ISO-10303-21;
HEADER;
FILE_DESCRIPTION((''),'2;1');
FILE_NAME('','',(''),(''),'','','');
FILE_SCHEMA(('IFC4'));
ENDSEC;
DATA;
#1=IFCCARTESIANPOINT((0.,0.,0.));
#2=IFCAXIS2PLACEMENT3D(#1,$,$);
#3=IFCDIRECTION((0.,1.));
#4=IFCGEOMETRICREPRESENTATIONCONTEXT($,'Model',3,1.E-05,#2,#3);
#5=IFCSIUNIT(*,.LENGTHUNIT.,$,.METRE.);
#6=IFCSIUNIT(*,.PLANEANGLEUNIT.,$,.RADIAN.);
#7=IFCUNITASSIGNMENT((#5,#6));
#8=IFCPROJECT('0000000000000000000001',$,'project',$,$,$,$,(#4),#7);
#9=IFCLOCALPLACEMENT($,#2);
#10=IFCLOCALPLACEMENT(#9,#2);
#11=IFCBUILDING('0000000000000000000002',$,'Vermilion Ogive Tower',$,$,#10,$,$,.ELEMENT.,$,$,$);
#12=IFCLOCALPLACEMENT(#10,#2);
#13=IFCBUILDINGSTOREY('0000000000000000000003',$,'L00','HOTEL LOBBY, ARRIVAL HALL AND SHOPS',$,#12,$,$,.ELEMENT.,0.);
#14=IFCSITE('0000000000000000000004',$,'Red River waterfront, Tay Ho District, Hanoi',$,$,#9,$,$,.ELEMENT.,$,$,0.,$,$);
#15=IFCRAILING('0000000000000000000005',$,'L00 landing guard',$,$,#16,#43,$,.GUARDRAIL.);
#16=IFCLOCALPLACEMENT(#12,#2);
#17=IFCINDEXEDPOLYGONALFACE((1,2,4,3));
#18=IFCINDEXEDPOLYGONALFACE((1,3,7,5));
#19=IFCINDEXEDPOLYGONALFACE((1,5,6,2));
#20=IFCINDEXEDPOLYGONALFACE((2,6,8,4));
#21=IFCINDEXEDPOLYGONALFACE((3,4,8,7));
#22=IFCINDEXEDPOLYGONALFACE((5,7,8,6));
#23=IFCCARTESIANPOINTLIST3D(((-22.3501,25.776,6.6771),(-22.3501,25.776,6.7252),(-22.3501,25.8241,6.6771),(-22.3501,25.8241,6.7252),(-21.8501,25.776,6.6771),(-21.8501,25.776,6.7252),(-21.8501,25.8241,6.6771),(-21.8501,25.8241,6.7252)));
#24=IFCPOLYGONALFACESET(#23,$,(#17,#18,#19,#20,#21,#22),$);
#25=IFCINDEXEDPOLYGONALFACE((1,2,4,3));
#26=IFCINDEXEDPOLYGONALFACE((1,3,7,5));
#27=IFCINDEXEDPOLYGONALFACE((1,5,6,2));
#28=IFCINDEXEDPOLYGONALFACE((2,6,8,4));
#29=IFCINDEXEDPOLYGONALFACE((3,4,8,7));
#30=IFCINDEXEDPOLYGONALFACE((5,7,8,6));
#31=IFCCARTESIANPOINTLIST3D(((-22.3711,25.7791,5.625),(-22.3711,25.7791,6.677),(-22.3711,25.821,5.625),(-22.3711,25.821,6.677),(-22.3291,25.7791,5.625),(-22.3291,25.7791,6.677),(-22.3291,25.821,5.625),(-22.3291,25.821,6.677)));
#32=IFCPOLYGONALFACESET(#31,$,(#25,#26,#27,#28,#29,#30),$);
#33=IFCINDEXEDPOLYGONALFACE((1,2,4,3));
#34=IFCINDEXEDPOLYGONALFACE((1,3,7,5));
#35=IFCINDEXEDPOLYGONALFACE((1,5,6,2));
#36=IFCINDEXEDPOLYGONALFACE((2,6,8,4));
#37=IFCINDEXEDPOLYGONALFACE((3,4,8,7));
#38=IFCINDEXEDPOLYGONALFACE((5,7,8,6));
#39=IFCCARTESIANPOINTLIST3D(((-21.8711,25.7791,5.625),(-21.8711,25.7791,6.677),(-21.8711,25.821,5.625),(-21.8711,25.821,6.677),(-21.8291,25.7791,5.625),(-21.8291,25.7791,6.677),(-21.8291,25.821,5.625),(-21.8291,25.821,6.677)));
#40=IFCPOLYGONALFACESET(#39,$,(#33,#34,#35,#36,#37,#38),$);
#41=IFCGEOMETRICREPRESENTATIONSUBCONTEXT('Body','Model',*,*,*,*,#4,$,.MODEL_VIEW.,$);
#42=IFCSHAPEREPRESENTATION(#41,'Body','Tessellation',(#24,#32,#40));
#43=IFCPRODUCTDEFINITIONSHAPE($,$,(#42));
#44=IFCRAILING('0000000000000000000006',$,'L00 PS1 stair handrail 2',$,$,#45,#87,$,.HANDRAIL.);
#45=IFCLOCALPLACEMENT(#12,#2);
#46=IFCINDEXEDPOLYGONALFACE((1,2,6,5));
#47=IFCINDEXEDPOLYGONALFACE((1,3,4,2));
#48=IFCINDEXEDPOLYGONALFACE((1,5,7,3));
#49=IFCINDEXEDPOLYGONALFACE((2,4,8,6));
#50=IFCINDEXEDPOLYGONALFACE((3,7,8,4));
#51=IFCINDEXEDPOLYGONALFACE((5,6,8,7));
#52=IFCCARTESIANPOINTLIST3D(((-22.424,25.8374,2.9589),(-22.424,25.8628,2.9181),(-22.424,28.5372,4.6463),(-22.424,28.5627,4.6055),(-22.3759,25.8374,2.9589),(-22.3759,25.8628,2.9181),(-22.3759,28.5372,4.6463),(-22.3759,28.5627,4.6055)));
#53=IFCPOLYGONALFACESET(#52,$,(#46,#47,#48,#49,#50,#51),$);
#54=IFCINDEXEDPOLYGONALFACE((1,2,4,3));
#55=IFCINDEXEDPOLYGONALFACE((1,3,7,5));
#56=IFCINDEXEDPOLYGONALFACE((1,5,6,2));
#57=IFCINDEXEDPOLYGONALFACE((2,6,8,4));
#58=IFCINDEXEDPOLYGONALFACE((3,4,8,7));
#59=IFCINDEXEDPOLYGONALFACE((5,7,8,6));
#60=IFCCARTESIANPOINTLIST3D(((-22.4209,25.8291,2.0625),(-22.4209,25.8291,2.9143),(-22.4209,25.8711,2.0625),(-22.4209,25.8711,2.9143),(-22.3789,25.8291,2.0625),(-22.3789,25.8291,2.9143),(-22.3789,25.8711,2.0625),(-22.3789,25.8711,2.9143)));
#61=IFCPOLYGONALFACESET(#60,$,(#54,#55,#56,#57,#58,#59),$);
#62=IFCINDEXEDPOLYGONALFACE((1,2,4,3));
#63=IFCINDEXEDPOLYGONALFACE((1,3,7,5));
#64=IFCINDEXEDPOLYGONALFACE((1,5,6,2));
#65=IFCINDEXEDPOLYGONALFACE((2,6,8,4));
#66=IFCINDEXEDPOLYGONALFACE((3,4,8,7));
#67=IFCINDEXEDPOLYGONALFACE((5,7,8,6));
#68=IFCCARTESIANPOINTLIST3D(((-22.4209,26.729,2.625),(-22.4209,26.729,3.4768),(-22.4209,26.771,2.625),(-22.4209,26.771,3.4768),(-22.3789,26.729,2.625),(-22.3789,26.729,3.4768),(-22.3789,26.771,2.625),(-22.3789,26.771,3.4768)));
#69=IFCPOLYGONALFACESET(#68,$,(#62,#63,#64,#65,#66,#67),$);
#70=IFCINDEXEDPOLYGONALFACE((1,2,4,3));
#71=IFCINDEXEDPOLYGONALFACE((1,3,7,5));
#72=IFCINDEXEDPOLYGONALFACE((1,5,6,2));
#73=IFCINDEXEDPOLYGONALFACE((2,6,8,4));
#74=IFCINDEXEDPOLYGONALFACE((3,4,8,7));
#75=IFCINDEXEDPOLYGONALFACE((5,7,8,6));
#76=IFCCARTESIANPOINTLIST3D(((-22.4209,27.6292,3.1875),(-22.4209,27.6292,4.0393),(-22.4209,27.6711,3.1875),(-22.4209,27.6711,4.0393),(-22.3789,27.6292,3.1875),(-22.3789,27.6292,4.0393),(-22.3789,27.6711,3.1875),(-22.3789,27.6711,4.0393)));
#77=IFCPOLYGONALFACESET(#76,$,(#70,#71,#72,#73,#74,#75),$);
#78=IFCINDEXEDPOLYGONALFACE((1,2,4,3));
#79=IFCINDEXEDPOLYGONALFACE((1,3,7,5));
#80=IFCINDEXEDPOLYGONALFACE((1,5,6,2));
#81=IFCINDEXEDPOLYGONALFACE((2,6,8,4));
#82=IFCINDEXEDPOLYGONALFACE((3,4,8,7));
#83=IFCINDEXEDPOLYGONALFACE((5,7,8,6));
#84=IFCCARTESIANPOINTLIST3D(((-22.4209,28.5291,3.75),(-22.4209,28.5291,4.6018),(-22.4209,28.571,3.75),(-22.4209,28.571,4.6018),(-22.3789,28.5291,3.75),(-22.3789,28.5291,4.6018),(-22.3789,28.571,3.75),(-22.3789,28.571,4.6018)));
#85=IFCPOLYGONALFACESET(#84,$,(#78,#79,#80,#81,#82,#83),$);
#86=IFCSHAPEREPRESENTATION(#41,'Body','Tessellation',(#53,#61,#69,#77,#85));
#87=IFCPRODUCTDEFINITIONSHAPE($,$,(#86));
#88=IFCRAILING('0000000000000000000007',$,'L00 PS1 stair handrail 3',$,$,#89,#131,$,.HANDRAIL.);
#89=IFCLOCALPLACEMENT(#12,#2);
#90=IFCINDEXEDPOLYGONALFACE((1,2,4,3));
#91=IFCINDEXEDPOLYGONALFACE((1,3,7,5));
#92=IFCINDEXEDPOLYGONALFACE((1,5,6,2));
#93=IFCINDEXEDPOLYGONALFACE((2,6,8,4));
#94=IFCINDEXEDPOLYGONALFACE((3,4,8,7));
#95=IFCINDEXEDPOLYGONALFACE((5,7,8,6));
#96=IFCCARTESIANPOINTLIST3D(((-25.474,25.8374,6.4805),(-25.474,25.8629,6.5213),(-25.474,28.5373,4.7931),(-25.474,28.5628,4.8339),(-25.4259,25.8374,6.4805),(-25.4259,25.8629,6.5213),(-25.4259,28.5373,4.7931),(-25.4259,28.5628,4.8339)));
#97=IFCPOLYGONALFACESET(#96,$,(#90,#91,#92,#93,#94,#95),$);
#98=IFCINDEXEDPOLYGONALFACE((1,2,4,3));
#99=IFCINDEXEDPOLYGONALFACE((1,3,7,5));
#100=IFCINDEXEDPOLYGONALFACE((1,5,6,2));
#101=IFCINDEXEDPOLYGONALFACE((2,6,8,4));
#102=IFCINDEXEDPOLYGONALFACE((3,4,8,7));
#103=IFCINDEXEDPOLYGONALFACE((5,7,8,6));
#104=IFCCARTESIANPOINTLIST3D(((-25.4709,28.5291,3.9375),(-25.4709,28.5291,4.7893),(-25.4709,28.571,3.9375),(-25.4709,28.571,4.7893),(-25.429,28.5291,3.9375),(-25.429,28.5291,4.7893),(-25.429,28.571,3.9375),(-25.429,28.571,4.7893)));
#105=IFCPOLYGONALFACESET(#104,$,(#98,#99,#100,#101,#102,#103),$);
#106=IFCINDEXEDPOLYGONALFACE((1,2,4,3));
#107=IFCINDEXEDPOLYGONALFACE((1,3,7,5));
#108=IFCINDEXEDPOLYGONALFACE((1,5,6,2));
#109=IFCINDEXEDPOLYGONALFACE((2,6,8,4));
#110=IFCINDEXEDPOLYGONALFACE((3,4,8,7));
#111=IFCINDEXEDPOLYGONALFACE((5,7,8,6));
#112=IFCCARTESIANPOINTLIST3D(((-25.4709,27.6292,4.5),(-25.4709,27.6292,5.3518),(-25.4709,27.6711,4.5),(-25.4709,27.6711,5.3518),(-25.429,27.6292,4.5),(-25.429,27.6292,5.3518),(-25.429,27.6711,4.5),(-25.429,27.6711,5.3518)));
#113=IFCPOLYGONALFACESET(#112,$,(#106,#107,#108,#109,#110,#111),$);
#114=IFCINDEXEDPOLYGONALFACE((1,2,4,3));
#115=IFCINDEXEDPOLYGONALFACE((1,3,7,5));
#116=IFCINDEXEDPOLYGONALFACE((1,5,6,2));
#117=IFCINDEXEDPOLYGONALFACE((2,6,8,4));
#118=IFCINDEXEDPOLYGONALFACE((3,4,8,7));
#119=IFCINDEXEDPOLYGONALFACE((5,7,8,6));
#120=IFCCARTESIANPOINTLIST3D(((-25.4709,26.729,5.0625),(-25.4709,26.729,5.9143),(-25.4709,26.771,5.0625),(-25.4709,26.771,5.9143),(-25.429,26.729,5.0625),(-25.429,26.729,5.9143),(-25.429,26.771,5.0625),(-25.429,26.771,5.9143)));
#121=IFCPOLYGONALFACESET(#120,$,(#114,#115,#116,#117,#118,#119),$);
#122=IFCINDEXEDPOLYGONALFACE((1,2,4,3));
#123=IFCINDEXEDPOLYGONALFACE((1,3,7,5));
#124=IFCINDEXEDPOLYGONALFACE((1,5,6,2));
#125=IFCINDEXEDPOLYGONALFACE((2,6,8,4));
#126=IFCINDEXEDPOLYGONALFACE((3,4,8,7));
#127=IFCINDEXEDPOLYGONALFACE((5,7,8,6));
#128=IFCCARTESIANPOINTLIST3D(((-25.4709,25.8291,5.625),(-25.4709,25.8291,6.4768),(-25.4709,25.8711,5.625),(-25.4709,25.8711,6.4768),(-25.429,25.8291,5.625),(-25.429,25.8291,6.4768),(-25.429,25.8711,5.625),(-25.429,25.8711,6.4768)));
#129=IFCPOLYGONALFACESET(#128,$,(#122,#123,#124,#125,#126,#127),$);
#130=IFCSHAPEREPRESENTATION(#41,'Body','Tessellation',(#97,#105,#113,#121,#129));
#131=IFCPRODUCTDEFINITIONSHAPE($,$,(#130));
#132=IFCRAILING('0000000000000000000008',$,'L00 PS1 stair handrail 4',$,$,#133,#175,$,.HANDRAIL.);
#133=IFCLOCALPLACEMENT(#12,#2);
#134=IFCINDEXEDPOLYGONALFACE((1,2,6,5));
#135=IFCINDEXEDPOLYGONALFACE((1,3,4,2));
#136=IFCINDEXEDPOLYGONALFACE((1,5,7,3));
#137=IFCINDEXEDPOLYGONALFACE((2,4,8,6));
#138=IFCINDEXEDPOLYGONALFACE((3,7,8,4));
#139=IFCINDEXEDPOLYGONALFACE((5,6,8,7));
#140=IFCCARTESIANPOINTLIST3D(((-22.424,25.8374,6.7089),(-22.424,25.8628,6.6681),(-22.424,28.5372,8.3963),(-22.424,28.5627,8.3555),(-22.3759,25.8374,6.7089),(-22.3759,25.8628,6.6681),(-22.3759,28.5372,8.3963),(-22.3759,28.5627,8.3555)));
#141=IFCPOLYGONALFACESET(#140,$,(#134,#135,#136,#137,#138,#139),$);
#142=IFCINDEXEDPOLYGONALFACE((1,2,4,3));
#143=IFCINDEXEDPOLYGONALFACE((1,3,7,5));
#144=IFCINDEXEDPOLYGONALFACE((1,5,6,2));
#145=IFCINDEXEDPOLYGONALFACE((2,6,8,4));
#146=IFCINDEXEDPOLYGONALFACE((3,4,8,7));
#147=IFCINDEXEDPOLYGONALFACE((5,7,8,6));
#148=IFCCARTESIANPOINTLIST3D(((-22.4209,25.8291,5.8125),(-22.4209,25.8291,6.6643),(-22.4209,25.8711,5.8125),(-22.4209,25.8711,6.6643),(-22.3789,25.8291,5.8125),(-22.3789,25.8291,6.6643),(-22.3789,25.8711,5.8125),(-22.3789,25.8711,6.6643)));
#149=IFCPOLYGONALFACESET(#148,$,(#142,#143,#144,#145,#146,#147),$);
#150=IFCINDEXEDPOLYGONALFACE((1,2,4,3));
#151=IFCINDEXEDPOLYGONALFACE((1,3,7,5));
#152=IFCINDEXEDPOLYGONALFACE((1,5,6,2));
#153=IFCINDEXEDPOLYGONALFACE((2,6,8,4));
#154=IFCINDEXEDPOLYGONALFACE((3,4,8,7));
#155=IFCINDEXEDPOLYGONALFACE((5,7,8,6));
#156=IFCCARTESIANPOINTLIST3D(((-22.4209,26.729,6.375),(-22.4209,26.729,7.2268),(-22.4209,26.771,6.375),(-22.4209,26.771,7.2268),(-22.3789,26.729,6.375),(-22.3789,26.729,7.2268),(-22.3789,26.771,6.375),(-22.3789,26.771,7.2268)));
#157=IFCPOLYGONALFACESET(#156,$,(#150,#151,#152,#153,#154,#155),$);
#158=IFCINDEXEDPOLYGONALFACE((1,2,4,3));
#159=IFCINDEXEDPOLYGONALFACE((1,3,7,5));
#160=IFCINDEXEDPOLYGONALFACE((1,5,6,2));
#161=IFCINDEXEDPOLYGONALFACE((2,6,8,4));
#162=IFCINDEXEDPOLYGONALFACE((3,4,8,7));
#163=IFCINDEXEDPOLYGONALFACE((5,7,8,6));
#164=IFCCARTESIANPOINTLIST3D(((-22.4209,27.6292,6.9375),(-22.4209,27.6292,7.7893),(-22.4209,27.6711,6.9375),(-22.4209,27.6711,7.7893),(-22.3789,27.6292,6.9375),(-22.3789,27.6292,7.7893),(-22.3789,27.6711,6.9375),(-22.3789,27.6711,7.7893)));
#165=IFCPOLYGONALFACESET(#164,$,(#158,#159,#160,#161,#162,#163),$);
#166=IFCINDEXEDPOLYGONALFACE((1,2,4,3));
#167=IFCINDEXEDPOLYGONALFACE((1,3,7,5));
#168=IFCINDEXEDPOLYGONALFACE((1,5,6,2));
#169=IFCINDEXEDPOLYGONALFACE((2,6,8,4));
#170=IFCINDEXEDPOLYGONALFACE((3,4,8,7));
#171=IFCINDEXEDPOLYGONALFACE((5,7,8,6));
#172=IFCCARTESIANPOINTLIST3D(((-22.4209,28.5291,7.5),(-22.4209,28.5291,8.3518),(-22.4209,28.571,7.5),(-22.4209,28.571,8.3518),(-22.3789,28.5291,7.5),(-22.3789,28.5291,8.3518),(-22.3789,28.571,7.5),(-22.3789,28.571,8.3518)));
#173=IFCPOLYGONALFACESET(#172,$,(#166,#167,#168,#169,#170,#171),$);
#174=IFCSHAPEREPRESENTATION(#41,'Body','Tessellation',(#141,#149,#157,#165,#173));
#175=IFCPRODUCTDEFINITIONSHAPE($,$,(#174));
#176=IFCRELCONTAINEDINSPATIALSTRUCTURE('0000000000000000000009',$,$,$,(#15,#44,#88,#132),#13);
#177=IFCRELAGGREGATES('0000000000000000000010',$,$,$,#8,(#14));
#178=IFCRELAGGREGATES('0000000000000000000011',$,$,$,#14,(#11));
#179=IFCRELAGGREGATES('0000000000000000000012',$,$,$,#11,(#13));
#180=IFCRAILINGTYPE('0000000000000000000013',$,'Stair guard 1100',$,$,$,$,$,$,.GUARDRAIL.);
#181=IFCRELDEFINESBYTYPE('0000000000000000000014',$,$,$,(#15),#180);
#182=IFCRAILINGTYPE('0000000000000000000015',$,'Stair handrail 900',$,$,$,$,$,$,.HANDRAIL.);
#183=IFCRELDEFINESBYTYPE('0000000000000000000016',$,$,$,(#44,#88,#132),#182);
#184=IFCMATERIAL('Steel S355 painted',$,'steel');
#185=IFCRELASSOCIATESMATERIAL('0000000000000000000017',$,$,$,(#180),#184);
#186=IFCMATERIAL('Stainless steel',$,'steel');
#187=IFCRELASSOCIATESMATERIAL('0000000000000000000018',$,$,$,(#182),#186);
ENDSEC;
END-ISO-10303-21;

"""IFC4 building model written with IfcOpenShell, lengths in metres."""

from ifc_helpers import new_model, si_unit, direction, frame, origin, origin_2d, place, context, subcontext, project, spatial, rectangle, extrude, material, type_object, element, save


model = new_model("IFC4")

# Units and contexts
model_context = context("Model", 3, precision=1e-05, world=origin(), true_north=direction((0.0, 1.0)))
body_context = subcontext(model_context, "Body", "Model", "MODEL_VIEW")
ifc_project = project(units=[si_unit("LENGTHUNIT", "METRE"), si_unit("PLANEANGLEUNIT", "RADIAN")], contexts=[model_context])

# Site, building, storey
site_placement = place(None, origin())
site = spatial("IfcSite", under=ifc_project, at=site_placement, Name="Red River waterfront, Tay Ho District, Hanoi", CompositionType="ELEMENT", RefElevation=0.0)
building_placement = place(site_placement, origin())
building = spatial("IfcBuilding", under=site, at=building_placement, Name="Vermilion Ogive Tower", CompositionType="ELEMENT")
storey_placement = place(building_placement, origin())
storey = spatial("IfcBuildingStorey", under=building, at=storey_placement, Name="L00", Description="HOTEL LOBBY, ARRIVAL HALL AND SHOPS", CompositionType="ELEMENT", Elevation=0.0)

# Railings
ifc_material_1 = material(Name="Steel S355 painted", Category="steel")
railing_type_1 = type_object("IfcRailingType", Name="Stair guard 1100", PredefinedType="GUARDRAIL", material=ifc_material_1)
for number, where, name in (
    (1, (-22.3501, 25.8, 5.625), "L00 landing guard"),
):
    element("IfcRailing", number, at=place(storey_placement, frame(where)), inside=storey, type_object=railing_type_1, Name=name, PredefinedType="GUARDRAIL", context=body_context, shape_type="SweptSolid", body=[
        extrude(rectangle(XDim=0.0481, YDim=0.0481, at=origin_2d()), frame((0.0, 0.0, 1.0762), z_axis=(1.0, 0.0, 0.0), x_axis=(0.0, 1.0, 0.0)), (0.0, 0.0, 1.0), 0.5),
        extrude(rectangle(XDim=0.042, YDim=0.042, at=origin_2d()), origin(), (0.0, 0.0, 1.0), 1.052),
        extrude(rectangle(XDim=0.042, YDim=0.042, at=origin_2d()), frame((0.5, 0.0, 0.0)), (0.0, 0.0, 1.0), 1.052),
    ])
ifc_material_2 = material(Name="Stainless steel", Category="steel")
railing_type_2 = type_object("IfcRailingType", Name="Stair handrail 900", PredefinedType="HANDRAIL", material=ifc_material_2)
railing_1_placement = place(storey_placement, frame((-22.3999, 25.8501, 2.0625)))
element("IfcRailing", 2, at=railing_1_placement, inside=storey, type_object=railing_type_2, Name="L00 PS1 stair handrail 2", PredefinedType="HANDRAIL", context=body_context, shape_type="SweptSolid", body=[
    extrude(rectangle(XDim=0.0481, YDim=0.0481, at=origin_2d()), frame((0.0, 0.0, 0.876), z_axis=(0.0, 0.847994, 0.530006), x_axis=(-1.0, 0.0, 0.0)), (0.0, 0.0, 1.0), 3.1838),
    extrude(rectangle(XDim=0.042, YDim=0.042, at=origin_2d()), origin(), (0.0, 0.0, 1.0), 0.8518),
    extrude(rectangle(XDim=0.042, YDim=0.042, at=origin_2d()), frame((0.0, 0.8999, 0.5625)), (0.0, 0.0, 1.0), 0.8518),
    extrude(rectangle(XDim=0.042, YDim=0.042, at=origin_2d()), frame((0.0, 1.8, 1.125)), (0.0, 0.0, 1.0), 0.8518),
    extrude(rectangle(XDim=0.042, YDim=0.042, at=origin_2d()), frame((0.0, 2.7, 1.6875)), (0.0, 0.0, 1.0), 0.8518),
])
railing_2_placement = place(storey_placement, frame((-25.45, 28.55, 3.9375)))
element("IfcRailing", 3, at=railing_2_placement, inside=storey, type_object=railing_type_2, Name="L00 PS1 stair handrail 3", PredefinedType="HANDRAIL", context=body_context, shape_type="SweptSolid", body=[
    extrude(rectangle(XDim=0.0481, YDim=0.0481, at=origin_2d()), frame((0.0, 0.0, 0.876), z_axis=(0.0, -0.847994, 0.530006), x_axis=(1.0, 0.0, 0.0)), (0.0, 0.0, 1.0), 3.1838),
    extrude(rectangle(XDim=0.042, YDim=0.042, at=origin_2d()), origin(), (0.0, 0.0, 1.0), 0.8518),
    extrude(rectangle(XDim=0.042, YDim=0.042, at=origin_2d()), frame((0.0, -0.8999, 0.5625)), (0.0, 0.0, 1.0), 0.8518),
    extrude(rectangle(XDim=0.042, YDim=0.042, at=origin_2d()), frame((0.0, -1.8, 1.125)), (0.0, 0.0, 1.0), 0.8518),
    extrude(rectangle(XDim=0.042, YDim=0.042, at=origin_2d()), frame((0.0, -2.7, 1.6875)), (0.0, 0.0, 1.0), 0.8518),
])
railing_3_placement = place(storey_placement, frame((-22.3999, 25.8501, 5.8125)))
element("IfcRailing", 4, at=railing_3_placement, inside=storey, type_object=railing_type_2, Name="L00 PS1 stair handrail 4", PredefinedType="HANDRAIL", context=body_context, shape_type="SweptSolid", body=[
    extrude(rectangle(XDim=0.0481, YDim=0.0481, at=origin_2d()), frame((0.0, 0.0, 0.876), z_axis=(0.0, 0.847994, 0.530006), x_axis=(-1.0, 0.0, 0.0)), (0.0, 0.0, 1.0), 3.1838),
    extrude(rectangle(XDim=0.042, YDim=0.042, at=origin_2d()), origin(), (0.0, 0.0, 1.0), 0.8518),
    extrude(rectangle(XDim=0.042, YDim=0.042, at=origin_2d()), frame((0.0, 0.8999, 0.5625)), (0.0, 0.0, 1.0), 0.8518),
    extrude(rectangle(XDim=0.042, YDim=0.042, at=origin_2d()), frame((0.0, 1.8, 1.125)), (0.0, 0.0, 1.0), 0.8518),
    extrude(rectangle(XDim=0.042, YDim=0.042, at=origin_2d()), frame((0.0, 2.7, 1.6875)), (0.0, 0.0, 1.0), 0.8518),
])

save(model, "model.ifc")
